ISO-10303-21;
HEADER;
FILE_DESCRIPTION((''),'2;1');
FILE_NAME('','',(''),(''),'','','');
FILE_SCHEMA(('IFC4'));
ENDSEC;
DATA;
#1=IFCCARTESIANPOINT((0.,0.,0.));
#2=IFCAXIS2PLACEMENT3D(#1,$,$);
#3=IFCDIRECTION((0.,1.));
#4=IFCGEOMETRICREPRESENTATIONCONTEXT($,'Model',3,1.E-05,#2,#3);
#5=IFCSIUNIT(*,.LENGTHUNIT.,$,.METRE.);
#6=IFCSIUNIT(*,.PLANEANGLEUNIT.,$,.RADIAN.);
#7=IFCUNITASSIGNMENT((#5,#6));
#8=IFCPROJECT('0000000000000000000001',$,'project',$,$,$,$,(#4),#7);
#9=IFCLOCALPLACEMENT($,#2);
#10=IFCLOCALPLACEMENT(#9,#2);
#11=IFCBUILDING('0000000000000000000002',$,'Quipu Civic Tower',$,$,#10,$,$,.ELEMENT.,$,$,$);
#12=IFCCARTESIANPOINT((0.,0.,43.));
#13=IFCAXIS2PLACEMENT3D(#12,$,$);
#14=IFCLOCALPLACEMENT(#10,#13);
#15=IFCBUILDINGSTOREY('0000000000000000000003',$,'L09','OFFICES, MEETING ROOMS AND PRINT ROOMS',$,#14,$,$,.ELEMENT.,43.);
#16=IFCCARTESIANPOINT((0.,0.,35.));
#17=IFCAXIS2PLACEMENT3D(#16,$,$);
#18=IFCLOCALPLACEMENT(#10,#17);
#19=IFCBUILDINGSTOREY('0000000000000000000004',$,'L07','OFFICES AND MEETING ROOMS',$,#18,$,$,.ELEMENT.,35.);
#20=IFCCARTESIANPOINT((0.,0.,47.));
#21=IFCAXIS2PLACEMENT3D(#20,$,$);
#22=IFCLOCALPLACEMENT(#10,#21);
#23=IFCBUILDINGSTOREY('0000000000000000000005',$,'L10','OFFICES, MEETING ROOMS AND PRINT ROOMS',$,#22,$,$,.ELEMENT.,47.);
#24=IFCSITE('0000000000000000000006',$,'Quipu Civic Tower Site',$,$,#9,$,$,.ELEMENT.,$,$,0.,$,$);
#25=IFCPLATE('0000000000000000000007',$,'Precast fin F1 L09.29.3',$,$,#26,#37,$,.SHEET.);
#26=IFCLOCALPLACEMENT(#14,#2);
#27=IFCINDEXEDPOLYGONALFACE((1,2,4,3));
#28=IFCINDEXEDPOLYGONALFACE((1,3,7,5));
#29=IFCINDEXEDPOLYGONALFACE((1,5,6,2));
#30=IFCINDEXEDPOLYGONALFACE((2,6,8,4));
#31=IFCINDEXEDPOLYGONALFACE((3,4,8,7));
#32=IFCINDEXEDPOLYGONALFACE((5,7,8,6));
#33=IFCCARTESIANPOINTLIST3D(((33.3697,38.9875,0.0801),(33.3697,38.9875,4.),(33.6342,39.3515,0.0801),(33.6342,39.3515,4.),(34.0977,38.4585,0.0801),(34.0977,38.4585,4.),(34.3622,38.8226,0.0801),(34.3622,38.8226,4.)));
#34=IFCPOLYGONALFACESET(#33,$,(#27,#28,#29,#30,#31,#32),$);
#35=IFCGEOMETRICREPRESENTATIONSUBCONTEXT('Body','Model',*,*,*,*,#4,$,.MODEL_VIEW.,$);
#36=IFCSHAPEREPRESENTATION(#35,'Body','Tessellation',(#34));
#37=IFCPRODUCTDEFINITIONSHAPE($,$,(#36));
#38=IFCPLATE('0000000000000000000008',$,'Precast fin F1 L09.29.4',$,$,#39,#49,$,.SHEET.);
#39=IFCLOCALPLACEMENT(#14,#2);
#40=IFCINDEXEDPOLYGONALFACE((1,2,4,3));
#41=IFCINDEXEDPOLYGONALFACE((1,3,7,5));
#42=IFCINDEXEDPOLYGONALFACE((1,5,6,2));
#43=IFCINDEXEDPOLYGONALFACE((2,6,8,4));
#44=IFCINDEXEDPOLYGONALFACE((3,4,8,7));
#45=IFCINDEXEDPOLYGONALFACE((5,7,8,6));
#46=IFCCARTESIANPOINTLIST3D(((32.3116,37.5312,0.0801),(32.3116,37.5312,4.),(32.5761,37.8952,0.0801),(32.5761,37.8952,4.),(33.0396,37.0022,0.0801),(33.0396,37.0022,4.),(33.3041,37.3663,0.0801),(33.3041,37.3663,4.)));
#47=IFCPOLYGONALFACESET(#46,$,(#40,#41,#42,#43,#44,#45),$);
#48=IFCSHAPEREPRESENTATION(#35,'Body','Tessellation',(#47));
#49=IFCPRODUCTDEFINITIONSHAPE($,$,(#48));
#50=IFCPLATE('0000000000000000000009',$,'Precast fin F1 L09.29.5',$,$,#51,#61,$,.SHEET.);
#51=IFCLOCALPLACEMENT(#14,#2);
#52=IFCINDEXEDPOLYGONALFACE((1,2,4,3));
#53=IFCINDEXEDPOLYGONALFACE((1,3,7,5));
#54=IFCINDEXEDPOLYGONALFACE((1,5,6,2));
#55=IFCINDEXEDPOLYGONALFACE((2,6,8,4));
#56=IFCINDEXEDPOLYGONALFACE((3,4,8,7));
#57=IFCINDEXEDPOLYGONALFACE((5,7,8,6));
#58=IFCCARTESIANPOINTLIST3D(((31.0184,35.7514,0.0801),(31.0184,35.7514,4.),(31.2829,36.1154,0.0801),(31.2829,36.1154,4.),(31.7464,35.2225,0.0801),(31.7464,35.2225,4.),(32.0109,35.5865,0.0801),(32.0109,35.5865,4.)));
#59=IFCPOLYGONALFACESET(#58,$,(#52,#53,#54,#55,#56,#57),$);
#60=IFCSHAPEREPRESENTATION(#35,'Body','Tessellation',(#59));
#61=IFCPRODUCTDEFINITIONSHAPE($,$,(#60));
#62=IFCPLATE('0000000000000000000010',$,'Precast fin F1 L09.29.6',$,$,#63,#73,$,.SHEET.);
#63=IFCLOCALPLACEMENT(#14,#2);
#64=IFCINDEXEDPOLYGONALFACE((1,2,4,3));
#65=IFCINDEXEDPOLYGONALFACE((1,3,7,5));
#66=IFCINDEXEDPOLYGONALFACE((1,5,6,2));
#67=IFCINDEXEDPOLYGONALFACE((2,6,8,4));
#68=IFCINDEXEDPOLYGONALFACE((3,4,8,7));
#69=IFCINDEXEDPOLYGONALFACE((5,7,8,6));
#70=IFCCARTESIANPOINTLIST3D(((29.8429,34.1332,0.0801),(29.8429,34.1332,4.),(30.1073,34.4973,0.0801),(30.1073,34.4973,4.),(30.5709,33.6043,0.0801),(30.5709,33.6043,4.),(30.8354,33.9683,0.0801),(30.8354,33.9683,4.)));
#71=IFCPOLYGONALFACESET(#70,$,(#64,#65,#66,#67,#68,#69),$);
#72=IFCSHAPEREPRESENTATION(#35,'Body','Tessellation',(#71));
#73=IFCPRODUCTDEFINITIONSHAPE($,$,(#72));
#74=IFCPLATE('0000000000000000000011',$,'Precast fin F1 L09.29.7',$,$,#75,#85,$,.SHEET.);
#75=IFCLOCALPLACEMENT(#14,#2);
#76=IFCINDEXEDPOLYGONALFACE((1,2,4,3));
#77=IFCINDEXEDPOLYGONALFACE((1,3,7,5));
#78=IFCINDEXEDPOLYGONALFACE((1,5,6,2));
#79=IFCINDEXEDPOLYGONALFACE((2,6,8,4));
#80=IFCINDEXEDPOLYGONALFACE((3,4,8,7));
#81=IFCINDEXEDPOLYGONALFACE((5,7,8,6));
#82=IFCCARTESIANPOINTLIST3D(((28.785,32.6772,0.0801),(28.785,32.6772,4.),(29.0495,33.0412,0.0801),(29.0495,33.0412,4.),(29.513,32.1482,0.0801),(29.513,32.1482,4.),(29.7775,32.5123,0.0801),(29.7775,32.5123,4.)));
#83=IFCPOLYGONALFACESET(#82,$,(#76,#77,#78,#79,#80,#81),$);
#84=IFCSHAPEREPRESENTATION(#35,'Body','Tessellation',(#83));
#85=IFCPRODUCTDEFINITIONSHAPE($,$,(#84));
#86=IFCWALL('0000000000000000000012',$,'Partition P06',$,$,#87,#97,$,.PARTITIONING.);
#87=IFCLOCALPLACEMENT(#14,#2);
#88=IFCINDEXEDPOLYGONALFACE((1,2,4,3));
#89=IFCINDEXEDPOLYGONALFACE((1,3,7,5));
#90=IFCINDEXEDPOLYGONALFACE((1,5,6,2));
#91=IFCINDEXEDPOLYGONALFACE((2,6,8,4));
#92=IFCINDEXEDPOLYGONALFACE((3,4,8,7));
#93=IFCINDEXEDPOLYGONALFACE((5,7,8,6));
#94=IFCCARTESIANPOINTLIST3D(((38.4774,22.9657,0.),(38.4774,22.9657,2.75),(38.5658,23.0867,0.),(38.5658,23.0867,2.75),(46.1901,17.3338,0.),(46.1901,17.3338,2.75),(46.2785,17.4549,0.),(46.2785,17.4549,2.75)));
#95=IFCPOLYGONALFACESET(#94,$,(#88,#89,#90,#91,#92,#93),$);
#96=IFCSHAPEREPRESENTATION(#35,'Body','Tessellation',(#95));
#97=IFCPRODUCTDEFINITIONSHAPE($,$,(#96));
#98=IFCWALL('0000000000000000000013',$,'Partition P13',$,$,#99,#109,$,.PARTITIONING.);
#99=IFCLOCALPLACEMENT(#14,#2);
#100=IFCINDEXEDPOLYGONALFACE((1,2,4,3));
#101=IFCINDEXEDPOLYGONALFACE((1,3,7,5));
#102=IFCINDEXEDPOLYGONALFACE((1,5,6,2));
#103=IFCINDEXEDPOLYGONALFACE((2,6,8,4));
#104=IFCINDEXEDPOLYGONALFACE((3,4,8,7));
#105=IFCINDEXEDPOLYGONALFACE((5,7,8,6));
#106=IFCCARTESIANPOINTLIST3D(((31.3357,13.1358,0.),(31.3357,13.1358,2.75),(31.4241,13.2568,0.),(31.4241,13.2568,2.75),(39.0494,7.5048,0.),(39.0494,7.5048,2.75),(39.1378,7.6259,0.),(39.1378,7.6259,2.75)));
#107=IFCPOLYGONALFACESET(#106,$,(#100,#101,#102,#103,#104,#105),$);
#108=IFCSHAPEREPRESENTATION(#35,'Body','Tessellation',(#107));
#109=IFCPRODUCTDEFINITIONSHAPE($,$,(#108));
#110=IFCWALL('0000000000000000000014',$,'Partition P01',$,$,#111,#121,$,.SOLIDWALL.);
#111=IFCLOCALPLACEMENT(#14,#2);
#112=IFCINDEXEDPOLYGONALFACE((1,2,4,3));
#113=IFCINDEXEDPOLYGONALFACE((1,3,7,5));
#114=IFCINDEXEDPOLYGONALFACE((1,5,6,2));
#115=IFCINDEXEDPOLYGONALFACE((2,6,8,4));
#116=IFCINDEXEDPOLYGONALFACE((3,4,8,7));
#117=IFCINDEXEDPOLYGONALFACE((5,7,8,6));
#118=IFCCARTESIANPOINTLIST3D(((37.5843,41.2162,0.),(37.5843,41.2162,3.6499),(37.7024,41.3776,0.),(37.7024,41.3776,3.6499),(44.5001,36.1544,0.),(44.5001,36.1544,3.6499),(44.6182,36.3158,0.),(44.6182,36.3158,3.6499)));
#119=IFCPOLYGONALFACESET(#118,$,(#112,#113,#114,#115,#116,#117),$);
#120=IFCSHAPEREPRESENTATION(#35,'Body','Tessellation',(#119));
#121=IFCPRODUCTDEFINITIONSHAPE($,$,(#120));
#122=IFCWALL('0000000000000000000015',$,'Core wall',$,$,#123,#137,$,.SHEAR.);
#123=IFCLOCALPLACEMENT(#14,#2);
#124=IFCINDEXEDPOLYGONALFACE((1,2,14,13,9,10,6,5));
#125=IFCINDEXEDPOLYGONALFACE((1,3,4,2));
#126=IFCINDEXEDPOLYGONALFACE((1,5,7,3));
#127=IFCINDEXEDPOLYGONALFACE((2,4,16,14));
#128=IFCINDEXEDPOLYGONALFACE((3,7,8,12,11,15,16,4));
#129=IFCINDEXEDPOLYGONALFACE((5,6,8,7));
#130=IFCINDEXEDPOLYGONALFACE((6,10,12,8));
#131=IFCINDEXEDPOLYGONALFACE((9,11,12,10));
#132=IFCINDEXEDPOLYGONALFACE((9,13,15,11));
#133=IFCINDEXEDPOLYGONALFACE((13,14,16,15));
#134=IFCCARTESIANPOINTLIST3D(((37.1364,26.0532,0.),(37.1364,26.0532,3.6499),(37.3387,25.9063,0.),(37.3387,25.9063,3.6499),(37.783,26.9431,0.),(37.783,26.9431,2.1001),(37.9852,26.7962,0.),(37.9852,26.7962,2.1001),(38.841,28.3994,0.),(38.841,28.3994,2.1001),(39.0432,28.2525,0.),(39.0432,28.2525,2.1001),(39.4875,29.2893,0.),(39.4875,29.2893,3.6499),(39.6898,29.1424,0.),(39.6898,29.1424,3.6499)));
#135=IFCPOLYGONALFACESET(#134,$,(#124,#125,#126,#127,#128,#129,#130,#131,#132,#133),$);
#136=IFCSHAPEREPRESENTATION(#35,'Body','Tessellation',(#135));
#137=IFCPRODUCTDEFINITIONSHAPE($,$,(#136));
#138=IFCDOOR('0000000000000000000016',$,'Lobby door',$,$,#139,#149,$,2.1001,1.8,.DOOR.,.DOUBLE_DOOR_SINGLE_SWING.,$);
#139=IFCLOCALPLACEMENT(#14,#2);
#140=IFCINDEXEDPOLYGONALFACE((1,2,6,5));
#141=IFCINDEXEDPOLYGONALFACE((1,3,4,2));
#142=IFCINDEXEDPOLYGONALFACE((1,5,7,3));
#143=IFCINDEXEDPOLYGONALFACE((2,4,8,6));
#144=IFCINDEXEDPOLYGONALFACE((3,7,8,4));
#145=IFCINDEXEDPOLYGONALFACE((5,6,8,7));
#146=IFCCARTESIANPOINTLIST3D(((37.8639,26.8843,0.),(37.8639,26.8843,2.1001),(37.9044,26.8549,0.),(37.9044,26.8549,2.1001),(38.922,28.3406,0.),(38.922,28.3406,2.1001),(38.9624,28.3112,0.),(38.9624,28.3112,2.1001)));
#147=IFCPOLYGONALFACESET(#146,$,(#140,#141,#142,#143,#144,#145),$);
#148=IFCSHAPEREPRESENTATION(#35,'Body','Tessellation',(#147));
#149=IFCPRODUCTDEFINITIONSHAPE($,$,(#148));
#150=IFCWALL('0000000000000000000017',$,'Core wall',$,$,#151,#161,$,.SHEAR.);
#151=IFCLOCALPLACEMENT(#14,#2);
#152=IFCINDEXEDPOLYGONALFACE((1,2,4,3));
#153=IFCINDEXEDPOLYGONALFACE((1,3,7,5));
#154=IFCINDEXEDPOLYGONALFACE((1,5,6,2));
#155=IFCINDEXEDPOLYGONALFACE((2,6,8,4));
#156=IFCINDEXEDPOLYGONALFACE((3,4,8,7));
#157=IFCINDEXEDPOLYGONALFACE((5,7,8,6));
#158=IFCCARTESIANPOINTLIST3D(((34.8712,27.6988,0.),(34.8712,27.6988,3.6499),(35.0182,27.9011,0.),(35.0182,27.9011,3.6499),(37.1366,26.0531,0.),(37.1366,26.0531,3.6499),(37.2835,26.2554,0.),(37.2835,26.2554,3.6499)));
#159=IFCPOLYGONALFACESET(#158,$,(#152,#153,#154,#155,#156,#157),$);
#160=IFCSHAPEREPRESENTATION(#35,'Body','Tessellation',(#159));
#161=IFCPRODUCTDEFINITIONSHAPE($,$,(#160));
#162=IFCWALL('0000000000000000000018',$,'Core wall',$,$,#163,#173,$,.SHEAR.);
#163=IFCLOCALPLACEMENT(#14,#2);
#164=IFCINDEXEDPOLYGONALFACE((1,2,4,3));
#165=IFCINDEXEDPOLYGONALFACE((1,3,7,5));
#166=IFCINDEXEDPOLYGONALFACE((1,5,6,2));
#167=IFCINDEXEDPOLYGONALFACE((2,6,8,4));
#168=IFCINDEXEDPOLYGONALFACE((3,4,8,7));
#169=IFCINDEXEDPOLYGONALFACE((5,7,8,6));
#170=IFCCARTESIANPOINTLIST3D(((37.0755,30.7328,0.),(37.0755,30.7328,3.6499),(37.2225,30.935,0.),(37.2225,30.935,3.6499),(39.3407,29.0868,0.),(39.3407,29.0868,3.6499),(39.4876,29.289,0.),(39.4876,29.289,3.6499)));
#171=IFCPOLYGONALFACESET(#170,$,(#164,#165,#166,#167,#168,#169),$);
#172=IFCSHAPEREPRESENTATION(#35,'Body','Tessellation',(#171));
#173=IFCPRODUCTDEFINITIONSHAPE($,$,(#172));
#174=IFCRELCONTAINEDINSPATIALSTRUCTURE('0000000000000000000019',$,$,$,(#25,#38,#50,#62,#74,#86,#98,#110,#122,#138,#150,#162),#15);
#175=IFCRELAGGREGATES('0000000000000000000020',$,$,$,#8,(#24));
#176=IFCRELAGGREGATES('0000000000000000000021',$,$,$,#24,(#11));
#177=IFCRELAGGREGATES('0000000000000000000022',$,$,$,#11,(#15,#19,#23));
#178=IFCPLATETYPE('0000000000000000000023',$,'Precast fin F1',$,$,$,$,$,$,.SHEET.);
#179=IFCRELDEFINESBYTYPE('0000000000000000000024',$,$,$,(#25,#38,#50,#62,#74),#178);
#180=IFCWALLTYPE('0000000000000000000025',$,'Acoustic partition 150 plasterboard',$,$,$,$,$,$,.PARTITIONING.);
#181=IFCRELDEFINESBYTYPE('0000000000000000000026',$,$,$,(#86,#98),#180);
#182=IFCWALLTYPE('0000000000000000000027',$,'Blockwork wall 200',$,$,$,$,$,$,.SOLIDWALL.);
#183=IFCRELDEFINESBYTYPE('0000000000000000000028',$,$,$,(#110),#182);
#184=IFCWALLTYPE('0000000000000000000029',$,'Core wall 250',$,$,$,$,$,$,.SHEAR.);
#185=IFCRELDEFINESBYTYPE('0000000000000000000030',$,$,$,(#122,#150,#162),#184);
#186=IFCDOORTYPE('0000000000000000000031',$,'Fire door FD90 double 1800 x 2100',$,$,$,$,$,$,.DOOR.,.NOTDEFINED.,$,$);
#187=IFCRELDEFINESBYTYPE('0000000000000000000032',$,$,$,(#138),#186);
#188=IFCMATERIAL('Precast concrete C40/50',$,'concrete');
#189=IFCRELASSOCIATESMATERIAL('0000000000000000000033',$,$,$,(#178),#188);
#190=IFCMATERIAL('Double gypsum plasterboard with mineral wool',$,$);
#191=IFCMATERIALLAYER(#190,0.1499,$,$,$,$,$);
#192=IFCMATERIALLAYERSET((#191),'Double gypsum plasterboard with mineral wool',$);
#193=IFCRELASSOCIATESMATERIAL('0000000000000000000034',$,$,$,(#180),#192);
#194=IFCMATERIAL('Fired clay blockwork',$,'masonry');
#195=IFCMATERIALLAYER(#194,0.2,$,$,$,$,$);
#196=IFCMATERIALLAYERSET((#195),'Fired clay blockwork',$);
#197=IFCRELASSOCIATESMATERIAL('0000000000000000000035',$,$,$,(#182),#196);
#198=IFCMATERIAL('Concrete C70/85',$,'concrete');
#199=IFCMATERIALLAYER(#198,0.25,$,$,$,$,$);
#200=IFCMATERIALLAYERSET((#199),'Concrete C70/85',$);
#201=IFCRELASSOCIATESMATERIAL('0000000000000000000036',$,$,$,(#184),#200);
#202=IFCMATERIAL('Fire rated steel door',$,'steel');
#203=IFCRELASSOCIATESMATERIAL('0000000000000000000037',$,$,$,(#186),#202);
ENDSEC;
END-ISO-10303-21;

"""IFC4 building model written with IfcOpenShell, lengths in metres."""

from ifc_helpers import new_model, si_unit, direction, frame, frame_2d, origin, origin_2d, place, context, subcontext, project, spatial, rectangle, extrude, material, layer, layer_set, type_object, element, fill, save


model = new_model("IFC4")

# Units and contexts
model_context = context("Model", 3, precision=1e-05, world=origin(), true_north=direction((0.0, 1.0)))
body_context = subcontext(model_context, "Body", "Model", "MODEL_VIEW")
ifc_project = project(units=[si_unit("LENGTHUNIT", "METRE"), si_unit("PLANEANGLEUNIT", "RADIAN")], contexts=[model_context])

# Site, building, storey
site_placement = place(None, origin())
site = spatial("IfcSite", under=ifc_project, at=site_placement, Name="Quipu Civic Tower Site", CompositionType="ELEMENT", RefElevation=0.0)
building_placement = place(site_placement, origin())
building = spatial("IfcBuilding", under=site, at=building_placement, Name="Quipu Civic Tower", CompositionType="ELEMENT")
storey_1_placement = place(building_placement, frame((0.0, 0.0, 43.0)))
storey_1 = spatial("IfcBuildingStorey", under=building, at=storey_1_placement, Name="L09", Description="OFFICES, MEETING ROOMS AND PRINT ROOMS", CompositionType="ELEMENT", Elevation=43.0)

# Shared definitions
storey_2_placement = place(building_placement, frame((0.0, 0.0, 35.0)))
storey_2 = spatial("IfcBuildingStorey", under=building, at=storey_2_placement, Name="L07", Description="OFFICES AND MEETING ROOMS", CompositionType="ELEMENT", Elevation=35.0)

# Shared definitions
storey_3_placement = place(building_placement, frame((0.0, 0.0, 47.0)))
storey_3 = spatial("IfcBuildingStorey", under=building, at=storey_3_placement, Name="L10", Description="OFFICES, MEETING ROOMS AND PRINT ROOMS", CompositionType="ELEMENT", Elevation=47.0)

# Plates
ifc_material_1 = material(Name="Precast concrete C40/50", Category="concrete")
plate_type_1 = type_object("IfcPlateType", Name="Precast fin F1", PredefinedType="SHEET", material=ifc_material_1)
for number, where, z_axis, x_axis, name in (
    (1, (33.866, 38.905, 0.0801), (0.0, 0.0, 1.0), (-0.587785, -0.809017, 0.0), "Precast fin F1 L09.29.3"),
    (2, (32.8079, 37.4487, 0.0801), (0.0, 0.0, 1.0), (-0.587785, -0.809017, 0.0), "Precast fin F1 L09.29.4"),
    (3, (31.5146, 35.6689, 0.0801), (0.0, 0.0, 1.0), (-0.587785, -0.809017, 0.0), "Precast fin F1 L09.29.5"),
    (4, (30.3391, 34.0508, 0.0801), (0.0, 0.0, 1.0), (-0.587785, -0.809017, 0.0), "Precast fin F1 L09.29.6"),
    (5, (29.2812, 32.5947, 0.0801), (0.0, 0.0, 1.0), (-0.587785, -0.809017, 0.0), "Precast fin F1 L09.29.7"),
):
    element("IfcPlate", number, at=place(storey_1_placement, frame(where, z_axis=z_axis, x_axis=x_axis)), inside=storey_1, type_object=plate_type_1, Name=name, PredefinedType="SHEET", context=body_context, shape_type="SweptSolid", body=[
        extrude(rectangle(XDim=0.45, YDim=0.8999, at=origin_2d()), origin(), (0.0, 0.0, 1.0), 3.9199),
    ])

# Walls
ifc_material_2 = material(Name="Double gypsum plasterboard with mineral wool")
ifc_layer_1 = layer(ifc_material_2, 0.1499)
ifc_layer_set_1 = layer_set([ifc_layer_1], Name="Double gypsum plasterboard with mineral wool")
wall_type_1 = type_object("IfcWallType", Name="Acoustic partition 150 plasterboard", PredefinedType="PARTITIONING", material=ifc_layer_set_1)
wall_1_placement = place(storey_1_placement, frame((38.5217, 23.0261, 0.0), z_axis=(0.0, 0.0, 1.0), x_axis=(0.807607, -0.589721, 0.0)))
element("IfcWall", 6, at=wall_1_placement, inside=storey_1, type_object=wall_type_1, Name="Partition P06", PredefinedType="PARTITIONING", context=body_context, shape_type="SweptSolid", body=[
    extrude(rectangle(XDim=9.55, YDim=0.1499, at=frame_2d((4.7749, 0.0))), origin(), (0.0, 0.0, 1.0), 2.75),
])
wall_2_placement = place(storey_1_placement, frame((31.3799, 13.1963, 0.0), z_axis=(0.0, 0.0, 1.0), x_axis=(0.807691, -0.589606, 0.0)))
element("IfcWall", 7, at=wall_2_placement, inside=storey_1, type_object=wall_type_1, Name="Partition P13", PredefinedType="PARTITIONING", context=body_context, shape_type="SweptSolid", body=[
    extrude(rectangle(XDim=9.5503, YDim=0.1499, at=frame_2d((4.7751, 0.0))), origin(), (0.0, 0.0, 1.0), 2.75),
])
ifc_material_3 = material(Name="Fired clay blockwork", Category="masonry")
ifc_layer_2 = layer(ifc_material_3, 0.2)
ifc_layer_set_2 = layer_set([ifc_layer_2], Name="Fired clay blockwork")
wall_type_2 = type_object("IfcWallType", Name="Blockwork wall 200", PredefinedType="SOLIDWALL", material=ifc_layer_set_2)
wall_3_placement = place(storey_1_placement, frame((37.6433, 41.2969, 0.0), z_axis=(0.0, 0.0, 1.0), x_axis=(0.80695, -0.59062, 0.0)))
element("IfcWall", 8, at=wall_3_placement, inside=storey_1, type_object=wall_type_2, Name="Partition P01", PredefinedType="SOLIDWALL", context=body_context, shape_type="SweptSolid", body=[
    extrude(rectangle(XDim=8.5703, YDim=0.2, at=frame_2d((4.2852, 0.0))), origin(), (0.0, 0.0, 1.0), 3.6499),
])

# Wall, opening, door
ifc_material_4 = material(Name="Concrete C70/85", Category="concrete")
ifc_layer_3 = layer(ifc_material_4, 0.25)
ifc_layer_set_3 = layer_set([ifc_layer_3], Name="Concrete C70/85")
wall_type_3 = type_object("IfcWallType", Name="Core wall 250", PredefinedType="SHEAR", material=ifc_layer_set_3)
wall_4_placement = place(storey_1_placement, frame((37.2375, 25.9797, 0.0), z_axis=(0.0, 0.0, 1.0), x_axis=(0.587772, 0.809026, 0.0)))
wall_4 = element("IfcWall", 9, at=wall_4_placement, inside=storey_1, type_object=wall_type_3, Name="Core wall", PredefinedType="SHEAR", context=body_context, shape_type="SweptSolid", body=[
    extrude(rectangle(XDim=4.0, YDim=0.25, at=frame_2d((2.0, 0.0))), origin(), (0.0, 0.0, 1.0), 3.6499),
])
opening_1_placement = place(wall_4_placement, frame((1.1001, 0.0, 0.0)))
opening_1 = element("IfcOpeningElement", 10, at=opening_1_placement, cuts=wall_4, PredefinedType="OPENING", context=body_context, shape_type="SweptSolid", body=[
    extrude(rectangle(XDim=1.8, YDim=2.1001, at=frame_2d((0.8999, 1.05))), frame((0.0, 0.135, 0.0), z_axis=(0.0, -1.0, 0.0), x_axis=(1.0, 0.0, 0.0)), (0.0, 0.0, 1.0), 0.27),
])
ifc_material_5 = material(Name="Fire rated steel door", Category="steel")
door_type = type_object("IfcDoorType", Name="Fire door FD90 double 1800 x 2100", OperationType="NOTDEFINED", PredefinedType="DOOR", material=ifc_material_5)
door_1_placement = place(opening_1_placement, origin())
door_1 = element("IfcDoor", 11, at=door_1_placement, inside=storey_1, type_object=door_type, Name="Lobby door", OperationType="DOUBLE_DOOR_SINGLE_SWING", OverallHeight=2.1001, OverallWidth=1.8, PredefinedType="DOOR", context=body_context, shape_type="SweptSolid", body=[
    extrude(rectangle(XDim=1.8, YDim=2.1001, at=frame_2d((0.8999, 1.05))), frame((0.0, 0.0249, 0.0), z_axis=(0.0, -1.0, 0.0), x_axis=(1.0, 0.0, 0.0)), (0.0, 0.0, 1.0), 0.05),
])
fill(opening_1, door_1)

# Walls
for number, where, z_axis, x_axis, name in (
    (12, (37.21, 26.1543, 0.0), (0.0, 0.0, 1.0), (-0.809041, 0.587752, 0.0), "Core wall"),
    (13, (39.4141, 29.188, 0.0), (0.0, 0.0, 1.0), (-0.80897, 0.58785, 0.0), "Core wall"),
):
    element("IfcWall", number, at=place(storey_1_placement, frame(where, z_axis=z_axis, x_axis=x_axis)), inside=storey_1, type_object=wall_type_3, Name=name, PredefinedType="SHEAR", context=body_context, shape_type="SweptSolid", body=[
        extrude(rectangle(XDim=2.8, YDim=0.25, at=frame_2d((1.3999, 0.0))), origin(), (0.0, 0.0, 1.0), 3.6499),
    ])

save(model, "model.ifc")
